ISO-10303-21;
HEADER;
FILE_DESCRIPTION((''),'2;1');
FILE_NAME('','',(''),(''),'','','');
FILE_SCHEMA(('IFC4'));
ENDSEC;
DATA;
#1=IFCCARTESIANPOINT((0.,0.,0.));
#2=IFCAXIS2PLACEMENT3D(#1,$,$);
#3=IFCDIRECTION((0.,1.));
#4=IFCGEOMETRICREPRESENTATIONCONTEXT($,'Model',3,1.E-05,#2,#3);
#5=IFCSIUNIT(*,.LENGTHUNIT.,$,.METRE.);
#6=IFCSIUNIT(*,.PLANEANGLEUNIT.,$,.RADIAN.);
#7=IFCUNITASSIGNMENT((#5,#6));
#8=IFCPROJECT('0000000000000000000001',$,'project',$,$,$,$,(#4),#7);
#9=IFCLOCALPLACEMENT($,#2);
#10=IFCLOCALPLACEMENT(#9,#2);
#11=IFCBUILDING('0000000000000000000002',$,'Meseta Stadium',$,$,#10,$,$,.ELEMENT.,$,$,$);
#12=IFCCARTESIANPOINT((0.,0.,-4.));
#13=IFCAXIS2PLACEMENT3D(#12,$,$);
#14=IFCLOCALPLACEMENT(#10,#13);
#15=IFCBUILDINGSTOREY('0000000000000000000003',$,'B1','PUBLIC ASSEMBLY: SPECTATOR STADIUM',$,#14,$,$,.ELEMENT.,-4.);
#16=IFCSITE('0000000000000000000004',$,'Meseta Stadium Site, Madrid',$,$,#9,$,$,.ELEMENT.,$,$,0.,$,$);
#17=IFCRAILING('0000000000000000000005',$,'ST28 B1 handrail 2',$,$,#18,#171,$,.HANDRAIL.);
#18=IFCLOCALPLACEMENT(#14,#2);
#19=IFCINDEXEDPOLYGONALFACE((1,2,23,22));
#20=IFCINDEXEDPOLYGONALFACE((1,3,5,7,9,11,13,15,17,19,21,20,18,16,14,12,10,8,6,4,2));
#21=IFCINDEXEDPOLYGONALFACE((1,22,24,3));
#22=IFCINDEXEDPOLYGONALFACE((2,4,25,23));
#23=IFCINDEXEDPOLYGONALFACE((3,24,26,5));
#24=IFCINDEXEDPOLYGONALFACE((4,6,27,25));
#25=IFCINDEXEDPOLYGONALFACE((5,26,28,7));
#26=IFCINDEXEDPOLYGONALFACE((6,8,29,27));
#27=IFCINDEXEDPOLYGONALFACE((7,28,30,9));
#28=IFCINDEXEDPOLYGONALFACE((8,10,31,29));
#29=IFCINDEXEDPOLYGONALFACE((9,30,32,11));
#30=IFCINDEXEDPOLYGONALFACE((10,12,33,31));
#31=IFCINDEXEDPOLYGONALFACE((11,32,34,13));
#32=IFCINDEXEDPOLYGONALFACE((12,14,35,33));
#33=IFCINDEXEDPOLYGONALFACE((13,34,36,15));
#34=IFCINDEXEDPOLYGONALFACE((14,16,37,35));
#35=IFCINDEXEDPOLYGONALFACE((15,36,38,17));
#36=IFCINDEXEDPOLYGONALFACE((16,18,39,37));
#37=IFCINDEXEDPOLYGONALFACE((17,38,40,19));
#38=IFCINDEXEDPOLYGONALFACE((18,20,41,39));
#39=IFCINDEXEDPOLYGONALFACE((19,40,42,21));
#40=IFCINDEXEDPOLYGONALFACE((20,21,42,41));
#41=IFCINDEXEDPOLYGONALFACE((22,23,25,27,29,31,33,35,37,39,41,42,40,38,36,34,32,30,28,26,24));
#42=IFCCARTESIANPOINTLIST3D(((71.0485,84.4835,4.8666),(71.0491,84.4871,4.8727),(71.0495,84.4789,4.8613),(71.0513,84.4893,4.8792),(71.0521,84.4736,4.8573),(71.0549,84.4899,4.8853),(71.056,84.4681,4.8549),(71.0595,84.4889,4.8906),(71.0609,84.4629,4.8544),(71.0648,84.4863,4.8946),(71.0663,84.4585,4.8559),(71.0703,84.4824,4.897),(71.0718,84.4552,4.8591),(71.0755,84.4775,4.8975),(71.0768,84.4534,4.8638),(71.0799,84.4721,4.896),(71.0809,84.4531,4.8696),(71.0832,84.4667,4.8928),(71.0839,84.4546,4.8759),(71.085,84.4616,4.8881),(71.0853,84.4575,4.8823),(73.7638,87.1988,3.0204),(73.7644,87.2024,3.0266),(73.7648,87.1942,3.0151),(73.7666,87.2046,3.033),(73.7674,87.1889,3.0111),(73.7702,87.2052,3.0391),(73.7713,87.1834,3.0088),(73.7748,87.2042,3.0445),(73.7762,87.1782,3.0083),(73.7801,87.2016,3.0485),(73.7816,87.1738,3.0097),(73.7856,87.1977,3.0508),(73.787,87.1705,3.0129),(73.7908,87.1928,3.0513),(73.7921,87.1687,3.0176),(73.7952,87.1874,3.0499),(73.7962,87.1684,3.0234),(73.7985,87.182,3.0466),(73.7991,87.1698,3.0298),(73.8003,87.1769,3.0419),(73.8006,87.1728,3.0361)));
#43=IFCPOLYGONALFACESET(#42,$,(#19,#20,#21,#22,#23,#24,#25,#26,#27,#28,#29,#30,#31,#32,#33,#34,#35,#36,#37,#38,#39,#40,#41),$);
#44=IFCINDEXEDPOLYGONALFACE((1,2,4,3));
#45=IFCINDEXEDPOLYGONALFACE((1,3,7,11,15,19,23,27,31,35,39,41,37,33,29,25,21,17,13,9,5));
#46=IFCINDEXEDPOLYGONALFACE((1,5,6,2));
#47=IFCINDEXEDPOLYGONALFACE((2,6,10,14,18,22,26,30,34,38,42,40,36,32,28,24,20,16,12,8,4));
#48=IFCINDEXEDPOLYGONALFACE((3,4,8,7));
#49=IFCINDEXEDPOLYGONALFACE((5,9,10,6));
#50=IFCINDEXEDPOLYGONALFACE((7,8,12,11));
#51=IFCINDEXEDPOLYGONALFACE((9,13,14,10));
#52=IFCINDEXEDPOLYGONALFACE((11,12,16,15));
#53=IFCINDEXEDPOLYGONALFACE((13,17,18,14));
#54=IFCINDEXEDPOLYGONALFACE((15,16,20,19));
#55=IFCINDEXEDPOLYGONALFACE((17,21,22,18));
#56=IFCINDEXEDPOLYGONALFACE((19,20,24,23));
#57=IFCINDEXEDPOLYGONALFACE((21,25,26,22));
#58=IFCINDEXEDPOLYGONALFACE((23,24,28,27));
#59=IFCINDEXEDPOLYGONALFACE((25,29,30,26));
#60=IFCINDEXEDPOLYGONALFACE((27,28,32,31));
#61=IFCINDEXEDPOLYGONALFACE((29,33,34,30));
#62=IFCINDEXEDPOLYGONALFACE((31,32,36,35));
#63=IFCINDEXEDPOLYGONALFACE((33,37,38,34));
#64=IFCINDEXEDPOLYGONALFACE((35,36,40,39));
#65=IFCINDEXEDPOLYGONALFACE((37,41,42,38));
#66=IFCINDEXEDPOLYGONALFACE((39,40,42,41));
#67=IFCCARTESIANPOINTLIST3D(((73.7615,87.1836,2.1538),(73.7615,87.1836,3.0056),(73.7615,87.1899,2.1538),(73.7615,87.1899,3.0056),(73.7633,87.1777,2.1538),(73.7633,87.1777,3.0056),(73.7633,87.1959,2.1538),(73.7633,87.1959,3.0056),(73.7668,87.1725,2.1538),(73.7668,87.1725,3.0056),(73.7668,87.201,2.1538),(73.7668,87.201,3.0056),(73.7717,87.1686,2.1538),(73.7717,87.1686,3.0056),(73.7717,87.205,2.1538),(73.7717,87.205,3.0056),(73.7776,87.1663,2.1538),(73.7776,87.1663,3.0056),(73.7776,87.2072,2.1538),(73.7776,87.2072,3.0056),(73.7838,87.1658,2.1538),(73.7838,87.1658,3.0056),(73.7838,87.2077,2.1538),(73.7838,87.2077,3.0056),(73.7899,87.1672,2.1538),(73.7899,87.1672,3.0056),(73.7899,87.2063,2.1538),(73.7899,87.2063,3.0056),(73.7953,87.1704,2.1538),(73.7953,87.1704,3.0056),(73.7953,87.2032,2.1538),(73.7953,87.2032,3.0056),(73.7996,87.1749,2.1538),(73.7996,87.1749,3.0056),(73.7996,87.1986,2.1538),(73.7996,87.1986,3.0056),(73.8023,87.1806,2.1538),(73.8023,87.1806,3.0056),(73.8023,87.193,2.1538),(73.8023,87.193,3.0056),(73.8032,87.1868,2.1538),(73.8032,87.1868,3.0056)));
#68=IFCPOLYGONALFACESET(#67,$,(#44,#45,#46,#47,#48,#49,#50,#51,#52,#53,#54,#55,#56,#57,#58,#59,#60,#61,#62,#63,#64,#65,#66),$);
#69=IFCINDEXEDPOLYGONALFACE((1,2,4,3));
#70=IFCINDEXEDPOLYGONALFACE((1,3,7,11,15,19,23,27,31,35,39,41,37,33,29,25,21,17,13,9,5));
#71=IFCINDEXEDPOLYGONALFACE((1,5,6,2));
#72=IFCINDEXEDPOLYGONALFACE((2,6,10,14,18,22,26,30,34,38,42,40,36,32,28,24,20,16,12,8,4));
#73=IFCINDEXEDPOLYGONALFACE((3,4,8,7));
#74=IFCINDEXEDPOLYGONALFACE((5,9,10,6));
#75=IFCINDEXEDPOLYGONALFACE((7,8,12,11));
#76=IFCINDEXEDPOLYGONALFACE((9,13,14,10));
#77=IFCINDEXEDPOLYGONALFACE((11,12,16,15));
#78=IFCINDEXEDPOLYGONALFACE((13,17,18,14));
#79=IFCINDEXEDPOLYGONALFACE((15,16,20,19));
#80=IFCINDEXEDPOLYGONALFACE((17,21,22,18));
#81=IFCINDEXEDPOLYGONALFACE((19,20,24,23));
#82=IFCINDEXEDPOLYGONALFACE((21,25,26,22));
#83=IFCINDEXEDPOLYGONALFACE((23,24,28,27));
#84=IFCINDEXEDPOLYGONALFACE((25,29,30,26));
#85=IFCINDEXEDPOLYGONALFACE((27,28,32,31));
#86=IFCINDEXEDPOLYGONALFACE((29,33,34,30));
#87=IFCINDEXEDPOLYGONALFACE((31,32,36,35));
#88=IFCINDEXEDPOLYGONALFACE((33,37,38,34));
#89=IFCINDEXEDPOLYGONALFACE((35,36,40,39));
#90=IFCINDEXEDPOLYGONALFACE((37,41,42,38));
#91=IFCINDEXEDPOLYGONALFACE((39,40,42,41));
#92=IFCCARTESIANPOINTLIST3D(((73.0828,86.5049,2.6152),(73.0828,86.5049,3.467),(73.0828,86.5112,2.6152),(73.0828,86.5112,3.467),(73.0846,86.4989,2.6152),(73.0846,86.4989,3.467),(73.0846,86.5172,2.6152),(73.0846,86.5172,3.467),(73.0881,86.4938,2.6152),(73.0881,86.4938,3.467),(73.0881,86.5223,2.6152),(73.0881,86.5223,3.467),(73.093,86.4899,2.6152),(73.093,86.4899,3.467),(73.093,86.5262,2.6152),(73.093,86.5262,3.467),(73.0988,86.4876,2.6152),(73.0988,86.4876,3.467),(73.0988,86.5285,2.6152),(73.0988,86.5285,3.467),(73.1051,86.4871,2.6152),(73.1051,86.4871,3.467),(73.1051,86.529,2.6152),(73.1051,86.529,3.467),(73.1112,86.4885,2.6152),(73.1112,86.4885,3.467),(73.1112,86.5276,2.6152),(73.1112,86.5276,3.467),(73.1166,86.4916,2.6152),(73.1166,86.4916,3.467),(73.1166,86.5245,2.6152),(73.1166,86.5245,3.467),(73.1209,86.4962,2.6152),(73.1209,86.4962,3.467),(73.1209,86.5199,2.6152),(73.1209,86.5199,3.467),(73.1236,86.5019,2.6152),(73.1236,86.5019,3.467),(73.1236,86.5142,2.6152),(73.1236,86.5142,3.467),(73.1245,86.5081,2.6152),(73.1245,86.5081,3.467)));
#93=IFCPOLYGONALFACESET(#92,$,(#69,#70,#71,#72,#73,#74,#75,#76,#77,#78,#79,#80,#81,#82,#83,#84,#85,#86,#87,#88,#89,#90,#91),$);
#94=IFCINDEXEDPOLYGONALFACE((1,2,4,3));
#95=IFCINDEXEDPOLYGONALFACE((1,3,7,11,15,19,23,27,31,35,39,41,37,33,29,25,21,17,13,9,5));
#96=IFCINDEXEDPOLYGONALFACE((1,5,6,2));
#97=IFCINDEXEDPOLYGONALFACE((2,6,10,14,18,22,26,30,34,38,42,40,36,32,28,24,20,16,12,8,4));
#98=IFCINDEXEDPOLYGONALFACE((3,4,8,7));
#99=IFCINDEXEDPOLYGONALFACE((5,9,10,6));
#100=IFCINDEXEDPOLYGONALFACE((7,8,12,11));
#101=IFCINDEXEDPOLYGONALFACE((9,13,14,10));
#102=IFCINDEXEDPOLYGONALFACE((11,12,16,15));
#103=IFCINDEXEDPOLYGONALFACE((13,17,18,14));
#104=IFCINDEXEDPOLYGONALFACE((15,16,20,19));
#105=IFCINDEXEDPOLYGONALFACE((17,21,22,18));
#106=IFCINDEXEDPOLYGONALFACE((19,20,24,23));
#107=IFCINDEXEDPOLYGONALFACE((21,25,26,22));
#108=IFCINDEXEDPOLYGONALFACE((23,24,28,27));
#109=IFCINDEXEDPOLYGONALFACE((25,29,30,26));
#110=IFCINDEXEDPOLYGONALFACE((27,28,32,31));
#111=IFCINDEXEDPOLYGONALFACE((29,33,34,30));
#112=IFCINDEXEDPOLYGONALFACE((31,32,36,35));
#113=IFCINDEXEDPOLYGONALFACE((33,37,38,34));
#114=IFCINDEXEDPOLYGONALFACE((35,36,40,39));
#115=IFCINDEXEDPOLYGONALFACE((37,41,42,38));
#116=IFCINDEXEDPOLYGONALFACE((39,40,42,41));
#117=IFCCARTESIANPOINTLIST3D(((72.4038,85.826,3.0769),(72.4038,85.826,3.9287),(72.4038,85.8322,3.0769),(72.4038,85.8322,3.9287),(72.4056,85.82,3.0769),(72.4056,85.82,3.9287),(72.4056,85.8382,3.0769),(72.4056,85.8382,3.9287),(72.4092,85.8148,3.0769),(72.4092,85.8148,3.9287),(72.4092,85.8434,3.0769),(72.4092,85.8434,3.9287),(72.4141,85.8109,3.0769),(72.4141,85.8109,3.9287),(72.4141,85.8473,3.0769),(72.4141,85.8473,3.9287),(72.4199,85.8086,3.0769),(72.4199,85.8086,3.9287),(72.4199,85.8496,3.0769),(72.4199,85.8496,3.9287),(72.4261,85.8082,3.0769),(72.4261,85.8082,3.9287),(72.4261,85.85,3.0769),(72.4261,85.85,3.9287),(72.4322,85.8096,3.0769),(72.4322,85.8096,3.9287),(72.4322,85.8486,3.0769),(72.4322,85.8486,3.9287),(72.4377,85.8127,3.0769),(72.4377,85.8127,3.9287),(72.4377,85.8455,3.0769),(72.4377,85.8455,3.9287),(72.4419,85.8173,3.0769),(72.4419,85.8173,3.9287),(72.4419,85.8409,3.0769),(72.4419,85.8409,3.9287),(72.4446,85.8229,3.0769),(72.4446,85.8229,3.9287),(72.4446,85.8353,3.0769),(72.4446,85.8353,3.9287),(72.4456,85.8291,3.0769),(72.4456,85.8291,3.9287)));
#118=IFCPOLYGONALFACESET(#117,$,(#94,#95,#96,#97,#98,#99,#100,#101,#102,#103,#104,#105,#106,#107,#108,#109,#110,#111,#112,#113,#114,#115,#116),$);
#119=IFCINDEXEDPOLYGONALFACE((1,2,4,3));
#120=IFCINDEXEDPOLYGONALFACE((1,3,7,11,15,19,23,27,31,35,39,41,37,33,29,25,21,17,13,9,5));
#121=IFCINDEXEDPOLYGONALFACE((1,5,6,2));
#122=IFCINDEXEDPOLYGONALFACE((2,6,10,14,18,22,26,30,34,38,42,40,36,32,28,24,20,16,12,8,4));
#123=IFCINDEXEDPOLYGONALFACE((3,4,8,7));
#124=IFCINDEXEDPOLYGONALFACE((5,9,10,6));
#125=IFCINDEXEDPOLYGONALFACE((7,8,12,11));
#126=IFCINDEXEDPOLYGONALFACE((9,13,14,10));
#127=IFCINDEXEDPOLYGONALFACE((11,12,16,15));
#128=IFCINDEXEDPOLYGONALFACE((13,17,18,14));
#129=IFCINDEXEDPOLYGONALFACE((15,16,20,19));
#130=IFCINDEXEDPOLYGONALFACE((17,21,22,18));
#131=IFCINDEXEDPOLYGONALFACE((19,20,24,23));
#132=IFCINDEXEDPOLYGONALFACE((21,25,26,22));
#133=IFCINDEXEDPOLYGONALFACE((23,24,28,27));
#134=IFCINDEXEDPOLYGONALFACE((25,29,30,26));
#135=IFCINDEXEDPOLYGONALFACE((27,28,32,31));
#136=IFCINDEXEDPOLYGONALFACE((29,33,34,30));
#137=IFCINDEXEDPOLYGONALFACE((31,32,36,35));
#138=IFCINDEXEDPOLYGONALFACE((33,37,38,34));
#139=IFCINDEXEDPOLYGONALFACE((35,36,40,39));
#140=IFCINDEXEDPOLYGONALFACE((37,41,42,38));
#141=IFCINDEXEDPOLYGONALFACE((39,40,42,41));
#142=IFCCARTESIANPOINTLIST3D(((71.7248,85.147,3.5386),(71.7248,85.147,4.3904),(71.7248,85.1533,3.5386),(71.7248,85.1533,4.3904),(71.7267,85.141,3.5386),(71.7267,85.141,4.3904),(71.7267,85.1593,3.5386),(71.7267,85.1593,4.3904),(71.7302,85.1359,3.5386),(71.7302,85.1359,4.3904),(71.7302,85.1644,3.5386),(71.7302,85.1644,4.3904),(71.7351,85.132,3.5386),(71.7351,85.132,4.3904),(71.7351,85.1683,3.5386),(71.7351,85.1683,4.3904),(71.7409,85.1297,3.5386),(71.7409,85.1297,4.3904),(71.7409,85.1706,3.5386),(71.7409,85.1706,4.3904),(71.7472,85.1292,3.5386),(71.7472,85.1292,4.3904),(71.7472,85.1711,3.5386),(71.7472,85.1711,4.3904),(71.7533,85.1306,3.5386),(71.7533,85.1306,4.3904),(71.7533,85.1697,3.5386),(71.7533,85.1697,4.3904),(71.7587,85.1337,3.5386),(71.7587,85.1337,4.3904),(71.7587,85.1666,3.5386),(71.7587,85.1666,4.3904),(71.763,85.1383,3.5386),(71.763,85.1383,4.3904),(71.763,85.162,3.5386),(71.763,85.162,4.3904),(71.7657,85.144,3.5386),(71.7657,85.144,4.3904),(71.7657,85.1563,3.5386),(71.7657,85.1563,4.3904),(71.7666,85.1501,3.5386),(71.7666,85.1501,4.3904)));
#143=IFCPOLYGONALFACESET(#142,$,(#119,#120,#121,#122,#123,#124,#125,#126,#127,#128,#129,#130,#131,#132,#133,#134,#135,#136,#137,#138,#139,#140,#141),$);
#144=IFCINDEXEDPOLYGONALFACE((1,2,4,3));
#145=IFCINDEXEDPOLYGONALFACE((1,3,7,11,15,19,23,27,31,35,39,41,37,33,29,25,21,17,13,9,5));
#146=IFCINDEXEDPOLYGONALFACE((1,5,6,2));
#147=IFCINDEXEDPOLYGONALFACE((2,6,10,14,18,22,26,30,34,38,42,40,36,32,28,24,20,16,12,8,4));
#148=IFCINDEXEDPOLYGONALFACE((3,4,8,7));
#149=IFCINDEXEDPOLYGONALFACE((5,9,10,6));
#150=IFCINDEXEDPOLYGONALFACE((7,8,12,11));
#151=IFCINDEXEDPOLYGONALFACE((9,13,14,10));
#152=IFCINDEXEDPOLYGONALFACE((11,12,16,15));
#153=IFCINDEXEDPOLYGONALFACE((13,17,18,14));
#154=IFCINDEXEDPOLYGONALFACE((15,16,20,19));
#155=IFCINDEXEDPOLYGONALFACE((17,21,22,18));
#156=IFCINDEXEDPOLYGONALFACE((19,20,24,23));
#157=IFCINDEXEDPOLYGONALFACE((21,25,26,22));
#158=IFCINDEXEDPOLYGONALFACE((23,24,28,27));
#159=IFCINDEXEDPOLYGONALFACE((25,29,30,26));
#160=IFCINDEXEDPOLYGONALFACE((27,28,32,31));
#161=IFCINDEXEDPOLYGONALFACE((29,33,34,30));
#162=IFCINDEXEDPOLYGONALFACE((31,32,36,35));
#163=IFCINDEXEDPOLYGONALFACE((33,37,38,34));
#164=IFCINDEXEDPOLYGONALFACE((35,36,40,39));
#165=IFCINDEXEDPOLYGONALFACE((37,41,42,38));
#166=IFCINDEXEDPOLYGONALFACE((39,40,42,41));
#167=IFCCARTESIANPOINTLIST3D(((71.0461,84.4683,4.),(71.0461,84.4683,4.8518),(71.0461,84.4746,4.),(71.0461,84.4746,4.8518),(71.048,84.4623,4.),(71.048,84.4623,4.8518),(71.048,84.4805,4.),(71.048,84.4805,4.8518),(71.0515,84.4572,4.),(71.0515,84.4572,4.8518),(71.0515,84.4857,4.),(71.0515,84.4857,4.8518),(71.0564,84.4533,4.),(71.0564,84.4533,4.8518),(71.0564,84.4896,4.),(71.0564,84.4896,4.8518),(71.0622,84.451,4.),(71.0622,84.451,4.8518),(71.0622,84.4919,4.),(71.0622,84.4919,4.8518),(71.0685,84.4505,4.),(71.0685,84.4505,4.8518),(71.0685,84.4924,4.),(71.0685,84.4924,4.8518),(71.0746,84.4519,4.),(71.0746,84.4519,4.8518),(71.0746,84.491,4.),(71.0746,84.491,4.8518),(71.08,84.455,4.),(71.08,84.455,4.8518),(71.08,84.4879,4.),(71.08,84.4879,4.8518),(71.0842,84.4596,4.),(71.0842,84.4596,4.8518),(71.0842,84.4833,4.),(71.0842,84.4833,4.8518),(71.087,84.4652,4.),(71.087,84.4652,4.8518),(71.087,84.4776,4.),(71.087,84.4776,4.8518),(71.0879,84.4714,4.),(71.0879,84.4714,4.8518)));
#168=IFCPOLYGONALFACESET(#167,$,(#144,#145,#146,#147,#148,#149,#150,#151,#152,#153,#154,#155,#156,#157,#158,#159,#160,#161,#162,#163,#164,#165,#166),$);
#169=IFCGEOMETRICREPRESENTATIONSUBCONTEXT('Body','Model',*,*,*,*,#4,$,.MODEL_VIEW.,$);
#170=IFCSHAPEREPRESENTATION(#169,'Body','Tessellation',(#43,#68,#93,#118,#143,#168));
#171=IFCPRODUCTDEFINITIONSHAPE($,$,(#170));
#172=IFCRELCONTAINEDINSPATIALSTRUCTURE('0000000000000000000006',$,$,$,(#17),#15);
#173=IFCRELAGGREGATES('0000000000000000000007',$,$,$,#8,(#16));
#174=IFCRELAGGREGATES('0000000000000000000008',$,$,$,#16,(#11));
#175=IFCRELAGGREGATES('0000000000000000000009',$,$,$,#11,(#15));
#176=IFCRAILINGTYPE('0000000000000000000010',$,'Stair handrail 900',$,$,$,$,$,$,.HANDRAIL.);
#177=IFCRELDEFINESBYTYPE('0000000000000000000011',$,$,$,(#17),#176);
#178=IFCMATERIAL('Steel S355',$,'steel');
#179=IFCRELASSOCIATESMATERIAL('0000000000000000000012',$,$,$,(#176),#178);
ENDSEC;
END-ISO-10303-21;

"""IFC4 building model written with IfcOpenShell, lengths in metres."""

from ifc_helpers import new_model, si_unit, direction, frame, origin, origin_2d, place, context, subcontext, project, spatial, circle, extrude, material, type_object, element, save


model = new_model("IFC4")

# Units and contexts
model_context = context("Model", 3, precision=1e-05, world=origin(), true_north=direction((0.0, 1.0)))
body_context = subcontext(model_context, "Body", "Model", "MODEL_VIEW")
ifc_project = project(units=[si_unit("LENGTHUNIT", "METRE"), si_unit("PLANEANGLEUNIT", "RADIAN")], contexts=[model_context])

# Site, building, storey
site_placement = place(None, origin())
site = spatial("IfcSite", under=ifc_project, at=site_placement, Name="Meseta Stadium Site, Madrid", CompositionType="ELEMENT", RefElevation=0.0)
building_placement = place(site_placement, origin())
building = spatial("IfcBuilding", under=site, at=building_placement, Name="Meseta Stadium", CompositionType="ELEMENT")
storey_placement = place(building_placement, frame((0.0, 0.0, -4.0)))
storey = spatial("IfcBuildingStorey", under=building, at=storey_placement, Name="B1", Description="PUBLIC ASSEMBLY: SPECTATOR STADIUM", CompositionType="ELEMENT", Elevation=-4.0)

# Railing
ifc_material_1 = material(Name="Steel S355", Category="steel")
railing_type_1 = type_object("IfcRailingType", Name="Stair handrail 900", PredefinedType="HANDRAIL", material=ifc_material_1)
railing_1_placement = place(storey_placement, frame((73.7822, 87.1868, 2.1538)))
element("IfcRailing", 1, at=railing_1_placement, inside=storey, type_object=railing_type_1, Name="ST28 B1 handrail 2", PredefinedType="HANDRAIL", context=body_context, shape_type="SweptSolid", body=[
    extrude(circle(Radius=0.0239, at=origin_2d()), frame((0.0, 0.0, 0.876), z_axis=(-0.637281, -0.637281, 0.433296), x_axis=(0.707107, -0.707107, 0.0)), (0.0, 0.0, 1.0), 4.2607),
    extrude(circle(Radius=0.021, at=origin_2d()), origin(), (0.0, 0.0, 1.0), 0.8518),
    extrude(circle(Radius=0.021, at=origin_2d()), frame((-0.6787, -0.6787, 0.4614)), (0.0, 0.0, 1.0), 0.8518),
    extrude(circle(Radius=0.021, at=origin_2d()), frame((-1.3577, -1.3577, 0.9231)), (0.0, 0.0, 1.0), 0.8518),
    extrude(circle(Radius=0.021, at=origin_2d()), frame((-2.0366, -2.0366, 1.3848)), (0.0, 0.0, 1.0), 0.8518),
    extrude(circle(Radius=0.021, at=origin_2d()), frame((-2.7153, -2.7153, 1.8462)), (0.0, 0.0, 1.0), 0.8518),
])

save(model, "model.ifc")
